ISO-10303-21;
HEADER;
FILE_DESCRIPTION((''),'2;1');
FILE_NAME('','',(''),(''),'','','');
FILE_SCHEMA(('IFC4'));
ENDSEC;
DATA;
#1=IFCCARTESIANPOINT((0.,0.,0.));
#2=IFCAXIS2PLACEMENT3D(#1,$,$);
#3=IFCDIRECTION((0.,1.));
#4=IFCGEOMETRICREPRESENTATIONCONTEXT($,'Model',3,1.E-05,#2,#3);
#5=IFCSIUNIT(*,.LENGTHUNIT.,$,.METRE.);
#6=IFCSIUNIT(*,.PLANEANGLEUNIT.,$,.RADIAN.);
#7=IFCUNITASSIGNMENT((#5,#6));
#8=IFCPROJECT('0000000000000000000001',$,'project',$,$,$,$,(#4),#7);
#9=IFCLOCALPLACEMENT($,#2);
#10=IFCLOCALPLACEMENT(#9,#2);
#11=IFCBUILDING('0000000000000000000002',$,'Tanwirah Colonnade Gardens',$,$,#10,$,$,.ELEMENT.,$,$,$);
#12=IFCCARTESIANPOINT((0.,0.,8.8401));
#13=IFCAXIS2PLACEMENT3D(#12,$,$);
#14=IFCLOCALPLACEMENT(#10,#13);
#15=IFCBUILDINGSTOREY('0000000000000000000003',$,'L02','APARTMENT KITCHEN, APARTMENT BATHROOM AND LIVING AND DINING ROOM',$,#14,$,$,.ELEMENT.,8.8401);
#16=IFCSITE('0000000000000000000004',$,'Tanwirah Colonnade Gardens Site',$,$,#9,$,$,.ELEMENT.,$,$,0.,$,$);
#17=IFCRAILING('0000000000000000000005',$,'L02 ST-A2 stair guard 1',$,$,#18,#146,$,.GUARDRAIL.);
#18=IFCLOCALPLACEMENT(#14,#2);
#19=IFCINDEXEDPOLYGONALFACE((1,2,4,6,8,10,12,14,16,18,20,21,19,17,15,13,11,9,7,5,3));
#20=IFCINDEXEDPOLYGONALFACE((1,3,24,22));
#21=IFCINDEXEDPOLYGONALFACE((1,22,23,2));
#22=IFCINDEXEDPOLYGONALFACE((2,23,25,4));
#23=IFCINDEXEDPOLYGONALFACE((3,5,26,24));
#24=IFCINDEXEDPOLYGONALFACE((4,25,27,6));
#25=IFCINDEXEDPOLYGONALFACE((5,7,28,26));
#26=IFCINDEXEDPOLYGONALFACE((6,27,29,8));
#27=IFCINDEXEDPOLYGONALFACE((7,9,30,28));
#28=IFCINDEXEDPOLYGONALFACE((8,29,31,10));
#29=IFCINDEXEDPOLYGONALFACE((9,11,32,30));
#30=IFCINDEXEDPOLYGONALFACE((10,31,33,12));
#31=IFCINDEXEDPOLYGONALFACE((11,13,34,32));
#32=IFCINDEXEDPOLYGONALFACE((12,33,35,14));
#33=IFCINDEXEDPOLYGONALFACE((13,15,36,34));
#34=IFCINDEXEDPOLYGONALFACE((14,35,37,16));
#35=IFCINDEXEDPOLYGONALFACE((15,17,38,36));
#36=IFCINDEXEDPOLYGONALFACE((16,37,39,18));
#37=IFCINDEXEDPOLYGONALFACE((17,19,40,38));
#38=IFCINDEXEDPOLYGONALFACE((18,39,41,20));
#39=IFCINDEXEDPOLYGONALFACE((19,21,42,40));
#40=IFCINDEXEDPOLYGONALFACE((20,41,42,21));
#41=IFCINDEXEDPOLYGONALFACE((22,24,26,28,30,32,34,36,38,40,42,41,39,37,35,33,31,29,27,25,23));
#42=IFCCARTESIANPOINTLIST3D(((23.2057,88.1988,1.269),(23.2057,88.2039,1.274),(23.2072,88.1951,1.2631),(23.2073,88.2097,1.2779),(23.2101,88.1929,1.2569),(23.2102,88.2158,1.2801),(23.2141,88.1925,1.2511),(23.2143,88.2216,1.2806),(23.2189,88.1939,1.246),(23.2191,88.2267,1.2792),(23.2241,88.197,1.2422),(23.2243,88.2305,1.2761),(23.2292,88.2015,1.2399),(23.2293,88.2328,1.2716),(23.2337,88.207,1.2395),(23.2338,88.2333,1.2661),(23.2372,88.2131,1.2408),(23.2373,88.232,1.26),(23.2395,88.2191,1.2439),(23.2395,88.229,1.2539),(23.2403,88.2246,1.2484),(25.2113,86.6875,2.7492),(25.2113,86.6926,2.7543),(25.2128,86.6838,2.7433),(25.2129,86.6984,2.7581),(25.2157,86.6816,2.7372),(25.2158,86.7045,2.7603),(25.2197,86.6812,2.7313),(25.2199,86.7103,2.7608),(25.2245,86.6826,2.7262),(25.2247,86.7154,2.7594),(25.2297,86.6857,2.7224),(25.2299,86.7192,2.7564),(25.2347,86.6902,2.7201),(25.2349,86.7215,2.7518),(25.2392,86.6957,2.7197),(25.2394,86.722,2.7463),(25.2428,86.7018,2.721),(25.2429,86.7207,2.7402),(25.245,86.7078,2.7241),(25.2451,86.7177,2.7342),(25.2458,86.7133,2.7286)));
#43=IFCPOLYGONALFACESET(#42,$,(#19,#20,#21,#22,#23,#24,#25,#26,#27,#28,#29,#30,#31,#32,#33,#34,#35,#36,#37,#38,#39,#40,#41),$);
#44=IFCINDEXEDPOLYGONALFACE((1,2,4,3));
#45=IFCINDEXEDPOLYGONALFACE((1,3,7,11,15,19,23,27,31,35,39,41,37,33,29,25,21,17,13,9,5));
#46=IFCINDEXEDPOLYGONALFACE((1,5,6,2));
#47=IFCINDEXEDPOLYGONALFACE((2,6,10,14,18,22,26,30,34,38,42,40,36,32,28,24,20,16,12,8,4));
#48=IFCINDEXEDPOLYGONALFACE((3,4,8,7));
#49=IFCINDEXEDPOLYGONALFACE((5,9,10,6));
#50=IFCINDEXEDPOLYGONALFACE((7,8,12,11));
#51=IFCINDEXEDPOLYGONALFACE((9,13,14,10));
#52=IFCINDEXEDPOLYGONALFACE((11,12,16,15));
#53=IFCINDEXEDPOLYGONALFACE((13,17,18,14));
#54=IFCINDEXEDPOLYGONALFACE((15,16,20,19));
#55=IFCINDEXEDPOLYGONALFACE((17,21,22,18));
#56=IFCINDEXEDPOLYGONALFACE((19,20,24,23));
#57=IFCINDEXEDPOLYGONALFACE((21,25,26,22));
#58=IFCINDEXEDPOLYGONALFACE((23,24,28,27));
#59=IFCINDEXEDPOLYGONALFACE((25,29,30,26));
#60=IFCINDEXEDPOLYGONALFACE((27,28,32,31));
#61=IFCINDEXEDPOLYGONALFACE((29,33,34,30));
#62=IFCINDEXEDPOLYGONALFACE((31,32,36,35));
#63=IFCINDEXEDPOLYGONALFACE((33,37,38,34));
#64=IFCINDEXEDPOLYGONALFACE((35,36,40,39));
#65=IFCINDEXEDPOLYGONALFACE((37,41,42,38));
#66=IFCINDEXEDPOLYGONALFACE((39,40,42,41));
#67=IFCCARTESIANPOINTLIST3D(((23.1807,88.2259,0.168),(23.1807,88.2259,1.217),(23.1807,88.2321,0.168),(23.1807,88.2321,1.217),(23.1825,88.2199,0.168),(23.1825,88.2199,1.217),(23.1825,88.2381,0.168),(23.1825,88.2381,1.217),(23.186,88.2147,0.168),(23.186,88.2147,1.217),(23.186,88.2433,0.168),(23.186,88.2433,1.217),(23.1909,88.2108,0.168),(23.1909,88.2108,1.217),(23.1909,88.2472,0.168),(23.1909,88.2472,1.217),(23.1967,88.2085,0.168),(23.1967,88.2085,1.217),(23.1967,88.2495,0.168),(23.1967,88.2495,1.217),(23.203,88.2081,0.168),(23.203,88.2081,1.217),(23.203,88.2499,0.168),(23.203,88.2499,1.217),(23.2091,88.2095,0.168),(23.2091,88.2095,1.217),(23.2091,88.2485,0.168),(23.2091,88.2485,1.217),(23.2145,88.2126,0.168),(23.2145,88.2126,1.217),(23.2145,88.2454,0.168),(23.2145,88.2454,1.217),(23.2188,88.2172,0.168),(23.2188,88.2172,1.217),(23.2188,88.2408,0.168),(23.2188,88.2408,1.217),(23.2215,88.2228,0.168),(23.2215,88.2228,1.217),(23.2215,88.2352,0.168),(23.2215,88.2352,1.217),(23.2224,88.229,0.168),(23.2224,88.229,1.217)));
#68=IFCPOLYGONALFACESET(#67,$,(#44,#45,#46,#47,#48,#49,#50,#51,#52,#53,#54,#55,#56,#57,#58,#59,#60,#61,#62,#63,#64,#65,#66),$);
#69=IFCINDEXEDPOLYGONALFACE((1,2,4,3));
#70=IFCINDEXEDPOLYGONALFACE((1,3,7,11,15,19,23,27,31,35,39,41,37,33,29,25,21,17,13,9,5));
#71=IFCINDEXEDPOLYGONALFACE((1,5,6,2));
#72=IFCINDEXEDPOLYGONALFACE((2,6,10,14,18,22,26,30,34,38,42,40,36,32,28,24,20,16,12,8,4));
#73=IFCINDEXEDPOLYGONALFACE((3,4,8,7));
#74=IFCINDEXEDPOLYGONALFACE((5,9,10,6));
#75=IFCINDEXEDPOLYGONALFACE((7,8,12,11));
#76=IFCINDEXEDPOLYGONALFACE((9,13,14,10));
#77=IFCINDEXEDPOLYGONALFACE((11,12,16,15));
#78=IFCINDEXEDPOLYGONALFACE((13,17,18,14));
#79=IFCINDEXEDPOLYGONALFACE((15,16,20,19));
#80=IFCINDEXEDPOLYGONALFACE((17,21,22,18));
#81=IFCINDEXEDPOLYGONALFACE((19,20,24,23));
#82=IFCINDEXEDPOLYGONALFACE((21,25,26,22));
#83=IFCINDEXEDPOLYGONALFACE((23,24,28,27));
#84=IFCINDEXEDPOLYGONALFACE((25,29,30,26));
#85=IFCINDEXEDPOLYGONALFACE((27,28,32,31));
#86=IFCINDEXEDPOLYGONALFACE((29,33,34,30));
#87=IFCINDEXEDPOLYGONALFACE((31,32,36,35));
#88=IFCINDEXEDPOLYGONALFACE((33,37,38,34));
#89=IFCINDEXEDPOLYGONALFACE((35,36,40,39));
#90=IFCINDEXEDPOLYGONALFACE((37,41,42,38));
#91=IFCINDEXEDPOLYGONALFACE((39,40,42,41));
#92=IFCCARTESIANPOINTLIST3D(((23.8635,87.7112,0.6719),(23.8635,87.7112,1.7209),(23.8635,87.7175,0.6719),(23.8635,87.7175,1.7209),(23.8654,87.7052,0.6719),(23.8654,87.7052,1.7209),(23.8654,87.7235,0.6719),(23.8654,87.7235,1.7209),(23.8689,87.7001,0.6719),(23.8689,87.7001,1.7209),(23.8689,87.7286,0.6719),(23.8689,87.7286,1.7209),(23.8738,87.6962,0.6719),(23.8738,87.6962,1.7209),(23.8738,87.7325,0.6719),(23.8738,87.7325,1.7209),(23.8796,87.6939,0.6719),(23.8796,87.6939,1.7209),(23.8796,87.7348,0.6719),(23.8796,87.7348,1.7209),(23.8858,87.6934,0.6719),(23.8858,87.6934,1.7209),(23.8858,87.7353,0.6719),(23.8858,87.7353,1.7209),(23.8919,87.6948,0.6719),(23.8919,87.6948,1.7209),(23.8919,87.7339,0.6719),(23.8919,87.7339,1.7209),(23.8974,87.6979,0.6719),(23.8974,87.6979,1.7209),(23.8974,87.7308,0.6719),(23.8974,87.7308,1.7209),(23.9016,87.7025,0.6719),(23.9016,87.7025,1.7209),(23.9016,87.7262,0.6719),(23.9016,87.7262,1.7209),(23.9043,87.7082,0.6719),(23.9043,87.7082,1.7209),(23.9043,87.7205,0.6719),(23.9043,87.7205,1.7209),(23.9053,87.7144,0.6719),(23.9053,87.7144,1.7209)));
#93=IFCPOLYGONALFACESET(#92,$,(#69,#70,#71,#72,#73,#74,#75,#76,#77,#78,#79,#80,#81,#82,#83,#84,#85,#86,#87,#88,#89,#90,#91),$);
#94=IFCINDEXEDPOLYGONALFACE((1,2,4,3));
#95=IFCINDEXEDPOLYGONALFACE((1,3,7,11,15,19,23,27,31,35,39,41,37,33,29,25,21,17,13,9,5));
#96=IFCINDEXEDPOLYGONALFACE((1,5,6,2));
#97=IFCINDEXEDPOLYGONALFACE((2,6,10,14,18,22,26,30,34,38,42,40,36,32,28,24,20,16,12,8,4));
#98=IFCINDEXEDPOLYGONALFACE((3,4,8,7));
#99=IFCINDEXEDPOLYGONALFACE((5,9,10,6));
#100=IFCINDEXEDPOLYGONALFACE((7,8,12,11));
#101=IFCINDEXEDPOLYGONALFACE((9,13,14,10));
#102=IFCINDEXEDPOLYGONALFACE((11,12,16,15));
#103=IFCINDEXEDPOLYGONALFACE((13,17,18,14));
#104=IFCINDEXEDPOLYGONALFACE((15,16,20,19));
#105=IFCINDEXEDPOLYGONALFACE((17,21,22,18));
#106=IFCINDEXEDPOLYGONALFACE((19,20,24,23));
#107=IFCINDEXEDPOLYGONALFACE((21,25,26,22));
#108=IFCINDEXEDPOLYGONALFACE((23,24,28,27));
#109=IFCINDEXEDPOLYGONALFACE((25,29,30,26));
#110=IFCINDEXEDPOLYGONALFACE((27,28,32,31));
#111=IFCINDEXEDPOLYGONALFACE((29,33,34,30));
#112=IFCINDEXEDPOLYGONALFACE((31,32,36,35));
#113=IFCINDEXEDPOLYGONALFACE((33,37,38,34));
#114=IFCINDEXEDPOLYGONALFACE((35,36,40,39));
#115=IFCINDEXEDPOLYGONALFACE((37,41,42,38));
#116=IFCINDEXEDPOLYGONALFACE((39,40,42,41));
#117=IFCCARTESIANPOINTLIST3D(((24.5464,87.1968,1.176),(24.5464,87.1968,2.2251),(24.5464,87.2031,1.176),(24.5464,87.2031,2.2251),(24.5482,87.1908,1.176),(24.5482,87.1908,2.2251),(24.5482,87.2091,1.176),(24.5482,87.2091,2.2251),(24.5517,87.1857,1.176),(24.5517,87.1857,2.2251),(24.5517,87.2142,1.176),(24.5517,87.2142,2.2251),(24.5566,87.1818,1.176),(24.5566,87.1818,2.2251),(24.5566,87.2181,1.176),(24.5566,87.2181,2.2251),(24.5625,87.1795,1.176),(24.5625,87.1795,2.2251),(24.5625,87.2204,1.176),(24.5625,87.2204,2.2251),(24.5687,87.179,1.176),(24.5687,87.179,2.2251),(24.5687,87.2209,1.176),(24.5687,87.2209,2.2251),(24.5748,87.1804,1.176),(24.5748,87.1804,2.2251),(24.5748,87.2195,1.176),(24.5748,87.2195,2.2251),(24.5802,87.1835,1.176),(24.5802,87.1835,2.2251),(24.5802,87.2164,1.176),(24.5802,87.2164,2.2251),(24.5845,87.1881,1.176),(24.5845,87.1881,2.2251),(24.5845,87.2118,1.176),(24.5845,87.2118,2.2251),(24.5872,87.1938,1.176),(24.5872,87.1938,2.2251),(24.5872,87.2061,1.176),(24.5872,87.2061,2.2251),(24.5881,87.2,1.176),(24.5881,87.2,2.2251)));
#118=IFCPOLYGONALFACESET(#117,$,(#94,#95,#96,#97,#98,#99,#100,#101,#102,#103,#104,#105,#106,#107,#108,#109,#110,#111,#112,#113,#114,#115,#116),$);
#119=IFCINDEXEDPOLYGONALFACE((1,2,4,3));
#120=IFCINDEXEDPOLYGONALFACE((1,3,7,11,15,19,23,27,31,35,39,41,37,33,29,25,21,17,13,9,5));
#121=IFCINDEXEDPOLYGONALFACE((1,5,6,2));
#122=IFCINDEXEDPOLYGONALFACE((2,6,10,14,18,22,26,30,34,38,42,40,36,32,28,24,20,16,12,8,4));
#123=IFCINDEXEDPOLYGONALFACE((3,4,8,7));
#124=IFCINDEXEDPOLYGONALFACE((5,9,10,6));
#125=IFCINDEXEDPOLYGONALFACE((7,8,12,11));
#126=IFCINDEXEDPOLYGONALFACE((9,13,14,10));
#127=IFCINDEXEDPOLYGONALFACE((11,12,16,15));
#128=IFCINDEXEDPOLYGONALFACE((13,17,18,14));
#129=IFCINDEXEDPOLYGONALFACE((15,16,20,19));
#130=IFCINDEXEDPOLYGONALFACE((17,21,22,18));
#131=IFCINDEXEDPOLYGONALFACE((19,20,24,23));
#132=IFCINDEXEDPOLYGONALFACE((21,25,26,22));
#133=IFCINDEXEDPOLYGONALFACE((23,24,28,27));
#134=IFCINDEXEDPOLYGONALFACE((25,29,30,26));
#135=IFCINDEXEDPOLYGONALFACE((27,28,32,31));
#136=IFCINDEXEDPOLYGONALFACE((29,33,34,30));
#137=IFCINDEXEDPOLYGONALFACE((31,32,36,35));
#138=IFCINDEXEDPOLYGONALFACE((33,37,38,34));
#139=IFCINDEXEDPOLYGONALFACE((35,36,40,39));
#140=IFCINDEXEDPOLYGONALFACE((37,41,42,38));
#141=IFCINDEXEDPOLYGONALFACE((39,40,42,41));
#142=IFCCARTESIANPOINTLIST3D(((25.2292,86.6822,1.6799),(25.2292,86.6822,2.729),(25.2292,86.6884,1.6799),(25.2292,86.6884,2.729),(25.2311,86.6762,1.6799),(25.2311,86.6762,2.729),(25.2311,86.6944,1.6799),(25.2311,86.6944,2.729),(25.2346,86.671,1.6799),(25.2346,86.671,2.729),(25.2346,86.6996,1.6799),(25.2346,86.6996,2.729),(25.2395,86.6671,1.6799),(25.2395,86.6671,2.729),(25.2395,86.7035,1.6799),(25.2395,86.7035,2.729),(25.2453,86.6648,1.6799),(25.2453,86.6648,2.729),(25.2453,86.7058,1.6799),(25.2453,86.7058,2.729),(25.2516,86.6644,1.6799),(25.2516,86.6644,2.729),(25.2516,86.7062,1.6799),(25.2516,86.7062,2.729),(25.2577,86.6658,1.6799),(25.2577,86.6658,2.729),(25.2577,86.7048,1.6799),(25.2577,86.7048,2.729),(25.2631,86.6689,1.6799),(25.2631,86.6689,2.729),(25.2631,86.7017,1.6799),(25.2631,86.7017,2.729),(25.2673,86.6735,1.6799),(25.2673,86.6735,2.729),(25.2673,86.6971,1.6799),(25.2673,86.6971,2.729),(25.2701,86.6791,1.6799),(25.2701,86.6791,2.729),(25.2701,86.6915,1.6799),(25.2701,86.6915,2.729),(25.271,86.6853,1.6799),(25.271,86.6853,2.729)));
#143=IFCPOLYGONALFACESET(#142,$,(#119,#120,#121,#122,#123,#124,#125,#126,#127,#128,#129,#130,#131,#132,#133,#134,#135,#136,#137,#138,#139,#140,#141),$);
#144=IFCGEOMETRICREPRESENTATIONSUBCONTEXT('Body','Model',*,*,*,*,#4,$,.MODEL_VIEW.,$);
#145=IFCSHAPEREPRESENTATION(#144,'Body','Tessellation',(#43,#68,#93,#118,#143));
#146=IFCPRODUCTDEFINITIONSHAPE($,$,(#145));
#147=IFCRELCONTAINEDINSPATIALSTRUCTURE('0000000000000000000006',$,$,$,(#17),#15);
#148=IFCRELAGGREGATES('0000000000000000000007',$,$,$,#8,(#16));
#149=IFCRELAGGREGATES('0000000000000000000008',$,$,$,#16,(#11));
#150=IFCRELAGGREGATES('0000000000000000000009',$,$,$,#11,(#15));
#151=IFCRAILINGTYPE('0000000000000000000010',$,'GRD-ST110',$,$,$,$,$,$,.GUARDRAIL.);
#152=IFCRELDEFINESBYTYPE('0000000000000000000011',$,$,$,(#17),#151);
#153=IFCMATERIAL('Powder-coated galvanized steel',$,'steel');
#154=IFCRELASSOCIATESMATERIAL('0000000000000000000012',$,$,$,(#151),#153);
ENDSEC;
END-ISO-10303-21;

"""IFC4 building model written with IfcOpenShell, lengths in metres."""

from ifc_helpers import new_model, si_unit, direction, frame, origin, origin_2d, place, context, subcontext, project, spatial, circle, extrude, material, type_object, element, save


model = new_model("IFC4")

# Units and contexts
model_context = context("Model", 3, precision=1e-05, world=origin(), true_north=direction((0.0, 1.0)))
body_context = subcontext(model_context, "Body", "Model", "MODEL_VIEW")
ifc_project = project(units=[si_unit("LENGTHUNIT", "METRE"), si_unit("PLANEANGLEUNIT", "RADIAN")], contexts=[model_context])

# Site, building, storey
site_placement = place(None, origin())
site = spatial("IfcSite", under=ifc_project, at=site_placement, Name="Tanwirah Colonnade Gardens Site", CompositionType="ELEMENT", RefElevation=0.0)
building_placement = place(site_placement, origin())
building = spatial("IfcBuilding", under=site, at=building_placement, Name="Tanwirah Colonnade Gardens", CompositionType="ELEMENT")
storey_placement = place(building_placement, frame((0.0, 0.0, 8.8401)))
storey = spatial("IfcBuildingStorey", under=building, at=storey_placement, Name="L02", Description="APARTMENT KITCHEN, APARTMENT BATHROOM AND LIVING AND DINING ROOM", CompositionType="ELEMENT", Elevation=8.8401)

# Railing
ifc_material_1 = material(Name="Powder-coated galvanized steel", Category="steel")
railing_type_1 = type_object("IfcRailingType", Name="GRD-ST110", PredefinedType="GUARDRAIL", material=ifc_material_1)
railing_1_placement = place(storey_placement, frame((23.2014, 88.229, 0.168)))
element("IfcRailing", 1, at=railing_1_placement, inside=storey, type_object=railing_type_1, Name="L02 ST-A2 stair guard 1", PredefinedType="GUARDRAIL", context=body_context, shape_type="SweptSolid", body=[
    extrude(circle(Radius=0.0239, at=origin_2d()), frame((0.0215, -0.0161, 1.092), z_axis=(0.688012, -0.518449, 0.507789), x_axis=(0.601811, 0.798639, 0.0)), (0.0, 0.0, 1.0), 2.915),
    extrude(circle(Radius=0.021, at=origin_2d()), origin(), (0.0, 0.0, 1.0), 1.0491),
    extrude(circle(Radius=0.021, at=origin_2d()), frame((0.6829, -0.5146, 0.5039)), (0.0, 0.0, 1.0), 1.0491),
    extrude(circle(Radius=0.021, at=origin_2d()), frame((1.3657, -1.0291, 1.0081)), (0.0, 0.0, 1.0), 1.0491),
    extrude(circle(Radius=0.021, at=origin_2d()), frame((2.0486, -1.5437, 1.512)), (0.0, 0.0, 1.0), 1.0491),
])

save(model, "model.ifc")
